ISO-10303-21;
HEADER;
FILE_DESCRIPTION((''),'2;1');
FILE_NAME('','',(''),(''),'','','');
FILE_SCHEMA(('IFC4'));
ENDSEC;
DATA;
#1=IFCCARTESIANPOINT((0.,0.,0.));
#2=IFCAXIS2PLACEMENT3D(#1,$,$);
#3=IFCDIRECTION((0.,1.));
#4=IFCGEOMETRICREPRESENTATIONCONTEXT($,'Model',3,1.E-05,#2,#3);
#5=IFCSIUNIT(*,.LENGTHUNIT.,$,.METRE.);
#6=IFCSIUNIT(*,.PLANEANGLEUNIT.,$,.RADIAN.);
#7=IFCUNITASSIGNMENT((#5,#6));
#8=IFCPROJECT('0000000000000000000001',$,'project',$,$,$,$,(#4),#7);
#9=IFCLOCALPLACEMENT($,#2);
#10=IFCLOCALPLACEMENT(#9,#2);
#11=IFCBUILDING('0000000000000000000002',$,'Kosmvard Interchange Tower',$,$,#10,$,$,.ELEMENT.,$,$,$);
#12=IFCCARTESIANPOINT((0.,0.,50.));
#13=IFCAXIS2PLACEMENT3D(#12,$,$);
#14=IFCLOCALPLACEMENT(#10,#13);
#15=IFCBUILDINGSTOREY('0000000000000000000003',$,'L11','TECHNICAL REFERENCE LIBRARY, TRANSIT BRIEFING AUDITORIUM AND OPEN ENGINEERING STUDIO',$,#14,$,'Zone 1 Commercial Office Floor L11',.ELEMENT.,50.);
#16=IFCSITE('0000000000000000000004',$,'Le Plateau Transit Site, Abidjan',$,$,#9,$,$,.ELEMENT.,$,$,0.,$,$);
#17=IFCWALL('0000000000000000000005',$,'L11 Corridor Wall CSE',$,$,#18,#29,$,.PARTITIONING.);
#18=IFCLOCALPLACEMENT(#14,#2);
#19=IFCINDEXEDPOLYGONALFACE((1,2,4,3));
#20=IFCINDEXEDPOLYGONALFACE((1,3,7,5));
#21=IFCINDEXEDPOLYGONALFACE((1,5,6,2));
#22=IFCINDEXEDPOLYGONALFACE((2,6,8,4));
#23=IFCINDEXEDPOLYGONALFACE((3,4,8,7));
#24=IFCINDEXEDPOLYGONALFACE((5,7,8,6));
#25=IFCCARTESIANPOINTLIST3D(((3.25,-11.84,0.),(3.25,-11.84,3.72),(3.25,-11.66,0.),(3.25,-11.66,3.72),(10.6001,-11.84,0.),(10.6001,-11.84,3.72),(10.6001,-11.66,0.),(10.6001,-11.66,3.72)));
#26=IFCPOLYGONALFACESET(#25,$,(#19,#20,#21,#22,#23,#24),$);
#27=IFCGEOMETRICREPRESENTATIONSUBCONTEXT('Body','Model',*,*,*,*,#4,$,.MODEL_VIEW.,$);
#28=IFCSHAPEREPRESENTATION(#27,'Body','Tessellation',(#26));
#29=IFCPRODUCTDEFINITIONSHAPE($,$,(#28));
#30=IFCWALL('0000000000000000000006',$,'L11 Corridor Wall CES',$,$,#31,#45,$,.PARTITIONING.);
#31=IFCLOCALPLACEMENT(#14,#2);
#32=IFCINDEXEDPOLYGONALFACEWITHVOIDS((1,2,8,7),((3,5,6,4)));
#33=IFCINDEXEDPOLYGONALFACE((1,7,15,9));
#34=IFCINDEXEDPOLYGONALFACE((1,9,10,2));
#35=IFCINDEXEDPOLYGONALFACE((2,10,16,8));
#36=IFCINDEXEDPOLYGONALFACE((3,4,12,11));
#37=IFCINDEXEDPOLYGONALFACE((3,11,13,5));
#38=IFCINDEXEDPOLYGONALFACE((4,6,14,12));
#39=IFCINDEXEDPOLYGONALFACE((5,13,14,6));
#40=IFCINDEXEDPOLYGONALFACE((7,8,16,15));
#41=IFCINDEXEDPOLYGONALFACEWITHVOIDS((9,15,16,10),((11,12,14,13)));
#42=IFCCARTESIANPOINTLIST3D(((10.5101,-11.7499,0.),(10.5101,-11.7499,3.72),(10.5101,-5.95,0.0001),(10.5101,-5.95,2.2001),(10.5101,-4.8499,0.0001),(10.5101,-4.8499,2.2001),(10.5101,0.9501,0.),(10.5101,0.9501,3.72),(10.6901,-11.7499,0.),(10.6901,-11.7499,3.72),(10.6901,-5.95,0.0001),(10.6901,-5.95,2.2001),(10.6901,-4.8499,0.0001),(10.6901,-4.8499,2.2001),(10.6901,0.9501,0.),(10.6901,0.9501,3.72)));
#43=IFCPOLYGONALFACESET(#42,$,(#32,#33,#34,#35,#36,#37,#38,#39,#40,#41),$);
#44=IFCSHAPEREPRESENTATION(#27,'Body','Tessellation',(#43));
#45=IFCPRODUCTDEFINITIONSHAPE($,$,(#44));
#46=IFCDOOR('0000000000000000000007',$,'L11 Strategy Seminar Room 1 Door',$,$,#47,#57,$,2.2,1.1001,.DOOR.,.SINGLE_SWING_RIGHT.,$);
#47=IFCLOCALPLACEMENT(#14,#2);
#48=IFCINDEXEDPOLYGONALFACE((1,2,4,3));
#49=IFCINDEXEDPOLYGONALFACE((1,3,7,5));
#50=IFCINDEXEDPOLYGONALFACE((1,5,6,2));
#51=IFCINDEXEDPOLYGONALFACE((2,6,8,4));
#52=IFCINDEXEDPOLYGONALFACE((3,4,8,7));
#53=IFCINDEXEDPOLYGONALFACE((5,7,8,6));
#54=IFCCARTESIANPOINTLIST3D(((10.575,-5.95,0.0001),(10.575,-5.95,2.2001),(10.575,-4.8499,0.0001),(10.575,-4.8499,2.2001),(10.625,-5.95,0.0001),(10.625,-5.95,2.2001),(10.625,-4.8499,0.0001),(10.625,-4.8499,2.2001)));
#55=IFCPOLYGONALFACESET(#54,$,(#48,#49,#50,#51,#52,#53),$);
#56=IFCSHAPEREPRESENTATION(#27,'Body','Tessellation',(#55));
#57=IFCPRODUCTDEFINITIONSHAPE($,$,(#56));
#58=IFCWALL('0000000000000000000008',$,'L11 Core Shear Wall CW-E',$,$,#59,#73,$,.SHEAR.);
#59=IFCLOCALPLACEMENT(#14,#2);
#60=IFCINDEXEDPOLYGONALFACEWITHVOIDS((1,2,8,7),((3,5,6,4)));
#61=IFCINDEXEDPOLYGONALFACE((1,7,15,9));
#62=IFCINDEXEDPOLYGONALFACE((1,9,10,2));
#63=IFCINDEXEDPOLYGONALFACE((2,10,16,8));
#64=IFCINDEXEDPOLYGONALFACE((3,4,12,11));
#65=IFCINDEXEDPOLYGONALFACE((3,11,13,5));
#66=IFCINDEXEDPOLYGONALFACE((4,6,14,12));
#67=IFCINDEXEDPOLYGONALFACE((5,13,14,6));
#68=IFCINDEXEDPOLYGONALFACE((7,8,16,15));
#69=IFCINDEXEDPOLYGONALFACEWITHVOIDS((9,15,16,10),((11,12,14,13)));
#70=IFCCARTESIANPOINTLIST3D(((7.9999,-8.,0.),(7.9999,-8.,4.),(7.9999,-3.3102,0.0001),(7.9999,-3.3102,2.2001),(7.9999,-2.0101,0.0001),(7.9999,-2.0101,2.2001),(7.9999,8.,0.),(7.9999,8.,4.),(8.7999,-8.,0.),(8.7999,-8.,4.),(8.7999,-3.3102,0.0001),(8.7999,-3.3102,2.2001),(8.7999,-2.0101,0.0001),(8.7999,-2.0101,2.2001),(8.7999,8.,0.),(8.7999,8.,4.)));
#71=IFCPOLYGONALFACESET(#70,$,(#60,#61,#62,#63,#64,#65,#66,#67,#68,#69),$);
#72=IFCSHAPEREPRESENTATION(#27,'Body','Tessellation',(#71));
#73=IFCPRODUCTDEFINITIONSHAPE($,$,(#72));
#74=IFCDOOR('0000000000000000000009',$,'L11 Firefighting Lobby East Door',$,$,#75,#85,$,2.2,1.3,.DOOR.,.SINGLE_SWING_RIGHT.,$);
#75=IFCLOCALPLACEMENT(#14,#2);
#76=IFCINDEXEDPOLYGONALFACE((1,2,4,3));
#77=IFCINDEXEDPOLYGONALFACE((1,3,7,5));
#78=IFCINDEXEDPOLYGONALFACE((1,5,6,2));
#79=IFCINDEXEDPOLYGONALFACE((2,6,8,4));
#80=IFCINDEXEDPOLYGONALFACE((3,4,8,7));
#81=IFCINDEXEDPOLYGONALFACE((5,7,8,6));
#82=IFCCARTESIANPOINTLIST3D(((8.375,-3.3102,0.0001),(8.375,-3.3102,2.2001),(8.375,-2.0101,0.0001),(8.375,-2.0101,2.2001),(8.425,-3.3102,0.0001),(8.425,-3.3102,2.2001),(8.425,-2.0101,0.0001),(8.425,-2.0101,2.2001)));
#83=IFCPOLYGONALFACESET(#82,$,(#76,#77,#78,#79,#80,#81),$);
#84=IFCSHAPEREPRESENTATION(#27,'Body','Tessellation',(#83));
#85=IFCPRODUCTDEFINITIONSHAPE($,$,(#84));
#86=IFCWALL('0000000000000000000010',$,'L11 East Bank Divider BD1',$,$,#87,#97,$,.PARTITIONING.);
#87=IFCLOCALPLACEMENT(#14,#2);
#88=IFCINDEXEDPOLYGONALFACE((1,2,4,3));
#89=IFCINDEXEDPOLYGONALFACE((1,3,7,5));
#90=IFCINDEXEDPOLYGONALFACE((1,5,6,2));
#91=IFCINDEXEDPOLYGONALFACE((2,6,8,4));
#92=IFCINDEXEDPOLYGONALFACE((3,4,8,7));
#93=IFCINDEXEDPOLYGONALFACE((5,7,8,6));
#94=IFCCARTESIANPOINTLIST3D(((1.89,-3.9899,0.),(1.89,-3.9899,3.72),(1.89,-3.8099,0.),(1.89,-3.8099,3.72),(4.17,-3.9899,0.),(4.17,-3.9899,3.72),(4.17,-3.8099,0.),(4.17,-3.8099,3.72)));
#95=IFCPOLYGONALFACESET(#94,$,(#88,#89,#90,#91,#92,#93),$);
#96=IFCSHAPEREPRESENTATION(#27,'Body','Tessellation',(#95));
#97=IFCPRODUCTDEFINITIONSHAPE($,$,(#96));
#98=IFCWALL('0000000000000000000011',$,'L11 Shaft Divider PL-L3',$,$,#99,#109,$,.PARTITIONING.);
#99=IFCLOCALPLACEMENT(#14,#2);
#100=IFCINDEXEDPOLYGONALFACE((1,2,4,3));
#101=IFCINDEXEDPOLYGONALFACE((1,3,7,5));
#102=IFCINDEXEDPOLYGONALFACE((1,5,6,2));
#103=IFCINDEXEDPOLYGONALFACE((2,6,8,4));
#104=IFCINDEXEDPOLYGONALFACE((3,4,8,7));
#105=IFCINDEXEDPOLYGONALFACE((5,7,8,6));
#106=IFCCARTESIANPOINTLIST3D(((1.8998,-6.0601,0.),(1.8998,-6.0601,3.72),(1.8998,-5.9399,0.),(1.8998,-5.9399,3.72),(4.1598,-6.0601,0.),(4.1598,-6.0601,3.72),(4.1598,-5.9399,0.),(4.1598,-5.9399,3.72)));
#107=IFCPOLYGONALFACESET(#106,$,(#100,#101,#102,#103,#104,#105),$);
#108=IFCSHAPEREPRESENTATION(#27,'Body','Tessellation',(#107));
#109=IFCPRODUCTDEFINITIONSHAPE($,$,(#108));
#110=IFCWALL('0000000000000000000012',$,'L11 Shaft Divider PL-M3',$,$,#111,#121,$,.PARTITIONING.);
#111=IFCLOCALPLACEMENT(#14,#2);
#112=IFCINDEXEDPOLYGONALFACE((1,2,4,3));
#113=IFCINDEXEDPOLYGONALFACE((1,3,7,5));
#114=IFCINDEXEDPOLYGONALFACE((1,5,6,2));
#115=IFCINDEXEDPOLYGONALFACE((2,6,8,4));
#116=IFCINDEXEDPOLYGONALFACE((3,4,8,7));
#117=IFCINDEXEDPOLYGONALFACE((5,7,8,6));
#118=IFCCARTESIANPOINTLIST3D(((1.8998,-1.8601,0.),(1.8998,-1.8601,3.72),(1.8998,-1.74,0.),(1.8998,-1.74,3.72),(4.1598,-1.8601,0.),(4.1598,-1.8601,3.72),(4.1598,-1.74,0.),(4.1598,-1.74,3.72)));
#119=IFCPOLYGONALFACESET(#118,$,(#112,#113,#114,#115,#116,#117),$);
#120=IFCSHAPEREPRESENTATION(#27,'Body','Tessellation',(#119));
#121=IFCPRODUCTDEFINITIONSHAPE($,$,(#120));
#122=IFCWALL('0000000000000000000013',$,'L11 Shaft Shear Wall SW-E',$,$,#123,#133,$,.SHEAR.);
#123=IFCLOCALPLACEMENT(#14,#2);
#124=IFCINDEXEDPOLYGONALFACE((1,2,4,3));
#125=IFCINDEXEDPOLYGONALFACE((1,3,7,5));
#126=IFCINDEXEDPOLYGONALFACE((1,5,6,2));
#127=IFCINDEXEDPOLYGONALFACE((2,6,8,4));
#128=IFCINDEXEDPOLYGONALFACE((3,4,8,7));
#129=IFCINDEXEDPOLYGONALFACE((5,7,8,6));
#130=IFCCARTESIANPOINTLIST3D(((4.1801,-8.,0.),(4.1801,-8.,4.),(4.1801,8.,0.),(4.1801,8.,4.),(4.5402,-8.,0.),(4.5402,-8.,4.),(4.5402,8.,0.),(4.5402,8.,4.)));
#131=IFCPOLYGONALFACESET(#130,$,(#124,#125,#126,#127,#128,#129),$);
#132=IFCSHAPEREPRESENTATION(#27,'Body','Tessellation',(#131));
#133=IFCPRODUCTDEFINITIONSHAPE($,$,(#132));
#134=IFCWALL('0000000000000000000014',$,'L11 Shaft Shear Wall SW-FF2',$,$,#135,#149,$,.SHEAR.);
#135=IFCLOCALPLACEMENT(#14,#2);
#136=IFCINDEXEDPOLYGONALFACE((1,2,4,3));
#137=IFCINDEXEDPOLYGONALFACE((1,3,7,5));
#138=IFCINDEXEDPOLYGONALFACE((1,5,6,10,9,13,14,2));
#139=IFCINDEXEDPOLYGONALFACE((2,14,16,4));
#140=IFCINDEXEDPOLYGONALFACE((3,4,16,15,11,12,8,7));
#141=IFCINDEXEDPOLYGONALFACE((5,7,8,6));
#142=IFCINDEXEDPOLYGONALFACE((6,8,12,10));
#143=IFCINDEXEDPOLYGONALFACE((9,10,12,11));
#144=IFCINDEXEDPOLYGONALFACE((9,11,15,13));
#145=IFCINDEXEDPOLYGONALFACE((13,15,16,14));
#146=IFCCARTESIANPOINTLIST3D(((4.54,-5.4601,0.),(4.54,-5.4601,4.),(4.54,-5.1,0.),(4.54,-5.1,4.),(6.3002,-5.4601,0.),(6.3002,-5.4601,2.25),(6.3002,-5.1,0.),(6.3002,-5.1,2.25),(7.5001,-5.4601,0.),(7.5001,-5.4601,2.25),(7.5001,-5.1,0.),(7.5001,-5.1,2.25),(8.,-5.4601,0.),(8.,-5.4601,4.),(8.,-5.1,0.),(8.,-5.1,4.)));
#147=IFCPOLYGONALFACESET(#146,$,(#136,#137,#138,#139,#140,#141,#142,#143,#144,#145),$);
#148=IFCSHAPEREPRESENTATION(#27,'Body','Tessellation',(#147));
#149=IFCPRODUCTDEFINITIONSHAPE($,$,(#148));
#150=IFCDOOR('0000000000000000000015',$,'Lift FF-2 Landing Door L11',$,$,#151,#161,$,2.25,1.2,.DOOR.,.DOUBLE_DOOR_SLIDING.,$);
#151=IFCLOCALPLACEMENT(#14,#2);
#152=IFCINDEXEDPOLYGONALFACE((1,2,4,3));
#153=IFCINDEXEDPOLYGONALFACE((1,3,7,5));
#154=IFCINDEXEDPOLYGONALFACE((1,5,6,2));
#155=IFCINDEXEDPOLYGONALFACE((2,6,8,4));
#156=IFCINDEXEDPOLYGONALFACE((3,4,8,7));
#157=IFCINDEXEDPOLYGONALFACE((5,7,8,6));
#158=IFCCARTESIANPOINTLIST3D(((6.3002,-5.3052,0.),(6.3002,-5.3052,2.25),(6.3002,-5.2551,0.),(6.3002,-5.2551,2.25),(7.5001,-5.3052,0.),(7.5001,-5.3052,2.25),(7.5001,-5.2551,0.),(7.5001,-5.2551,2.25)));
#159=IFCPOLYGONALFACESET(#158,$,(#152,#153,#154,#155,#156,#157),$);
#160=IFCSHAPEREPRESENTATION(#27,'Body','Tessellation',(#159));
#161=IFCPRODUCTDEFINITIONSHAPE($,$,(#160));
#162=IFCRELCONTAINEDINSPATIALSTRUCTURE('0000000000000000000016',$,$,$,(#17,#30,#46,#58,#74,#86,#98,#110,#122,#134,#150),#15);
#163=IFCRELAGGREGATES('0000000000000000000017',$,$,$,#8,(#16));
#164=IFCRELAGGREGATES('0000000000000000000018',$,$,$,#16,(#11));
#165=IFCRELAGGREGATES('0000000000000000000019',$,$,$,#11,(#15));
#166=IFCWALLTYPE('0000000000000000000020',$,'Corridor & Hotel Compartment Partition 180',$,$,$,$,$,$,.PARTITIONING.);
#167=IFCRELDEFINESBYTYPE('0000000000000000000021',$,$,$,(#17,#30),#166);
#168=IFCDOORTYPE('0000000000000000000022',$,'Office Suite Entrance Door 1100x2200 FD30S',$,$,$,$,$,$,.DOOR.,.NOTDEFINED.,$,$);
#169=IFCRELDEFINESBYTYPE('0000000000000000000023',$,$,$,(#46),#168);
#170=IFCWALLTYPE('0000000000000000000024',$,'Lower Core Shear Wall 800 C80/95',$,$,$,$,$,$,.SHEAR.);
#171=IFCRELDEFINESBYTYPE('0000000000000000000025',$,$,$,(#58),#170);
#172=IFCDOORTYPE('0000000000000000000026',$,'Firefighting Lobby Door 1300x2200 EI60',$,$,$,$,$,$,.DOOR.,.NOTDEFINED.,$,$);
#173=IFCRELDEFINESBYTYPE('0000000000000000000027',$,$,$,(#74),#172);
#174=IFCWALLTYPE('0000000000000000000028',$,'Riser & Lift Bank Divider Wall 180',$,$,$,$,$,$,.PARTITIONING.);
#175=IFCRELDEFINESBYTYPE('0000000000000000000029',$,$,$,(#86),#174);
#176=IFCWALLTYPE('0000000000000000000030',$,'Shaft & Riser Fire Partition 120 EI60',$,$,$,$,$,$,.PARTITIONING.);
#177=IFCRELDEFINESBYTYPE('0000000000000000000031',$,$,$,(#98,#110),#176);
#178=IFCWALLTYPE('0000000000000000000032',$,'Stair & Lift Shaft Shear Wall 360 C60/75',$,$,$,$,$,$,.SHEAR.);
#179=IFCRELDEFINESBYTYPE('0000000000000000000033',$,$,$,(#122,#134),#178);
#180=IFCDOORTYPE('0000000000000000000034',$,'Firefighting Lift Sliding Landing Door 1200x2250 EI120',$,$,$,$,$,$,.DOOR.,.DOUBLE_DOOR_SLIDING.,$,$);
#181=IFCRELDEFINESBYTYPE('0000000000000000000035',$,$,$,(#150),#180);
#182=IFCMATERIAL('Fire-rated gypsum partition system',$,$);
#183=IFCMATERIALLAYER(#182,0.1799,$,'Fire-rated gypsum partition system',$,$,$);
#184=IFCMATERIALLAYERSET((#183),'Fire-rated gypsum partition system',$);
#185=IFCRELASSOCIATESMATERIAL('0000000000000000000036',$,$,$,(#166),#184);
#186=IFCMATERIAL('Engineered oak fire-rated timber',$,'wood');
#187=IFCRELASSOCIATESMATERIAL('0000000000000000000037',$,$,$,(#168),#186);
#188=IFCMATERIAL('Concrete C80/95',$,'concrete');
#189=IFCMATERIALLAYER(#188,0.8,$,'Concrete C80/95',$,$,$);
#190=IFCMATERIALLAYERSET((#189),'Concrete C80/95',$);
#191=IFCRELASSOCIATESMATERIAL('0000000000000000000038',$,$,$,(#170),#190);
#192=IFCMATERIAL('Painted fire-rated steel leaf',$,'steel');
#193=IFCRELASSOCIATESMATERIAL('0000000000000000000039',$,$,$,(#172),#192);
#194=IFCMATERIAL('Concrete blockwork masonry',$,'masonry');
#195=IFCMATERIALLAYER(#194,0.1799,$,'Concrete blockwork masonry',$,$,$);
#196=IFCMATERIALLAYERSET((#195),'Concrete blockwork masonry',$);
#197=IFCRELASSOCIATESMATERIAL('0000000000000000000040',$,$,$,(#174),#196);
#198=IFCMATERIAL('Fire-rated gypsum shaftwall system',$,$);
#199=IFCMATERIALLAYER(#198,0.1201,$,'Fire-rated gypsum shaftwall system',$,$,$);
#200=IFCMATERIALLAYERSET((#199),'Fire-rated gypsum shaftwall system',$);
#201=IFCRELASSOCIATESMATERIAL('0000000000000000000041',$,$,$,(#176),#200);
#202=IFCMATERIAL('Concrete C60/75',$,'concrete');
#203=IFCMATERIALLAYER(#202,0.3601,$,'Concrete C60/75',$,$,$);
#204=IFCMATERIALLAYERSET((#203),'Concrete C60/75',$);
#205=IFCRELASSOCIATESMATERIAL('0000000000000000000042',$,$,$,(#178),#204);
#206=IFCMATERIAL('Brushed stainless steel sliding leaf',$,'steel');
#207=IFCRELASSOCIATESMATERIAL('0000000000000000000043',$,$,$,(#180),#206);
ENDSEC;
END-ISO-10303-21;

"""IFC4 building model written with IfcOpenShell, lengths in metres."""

from ifc_helpers import new_model, si_unit, direction, frame, frame_2d, origin, place, context, subcontext, project, spatial, rectangle, extrude, source, transform, mapped, material, layer, layer_set, type_object, element, fill, save


model = new_model("IFC4")

# Units and contexts
model_context = context("Model", 3, precision=1e-05, world=origin(), true_north=direction((0.0, 1.0)))
body_context = subcontext(model_context, "Body", "Model", "MODEL_VIEW")
ifc_project = project(units=[si_unit("LENGTHUNIT", "METRE"), si_unit("PLANEANGLEUNIT", "RADIAN")], contexts=[model_context])

# Site, building, storey
site_placement = place(None, origin())
site = spatial("IfcSite", under=ifc_project, at=site_placement, Name="Le Plateau Transit Site, Abidjan", CompositionType="ELEMENT", RefElevation=0.0)
building_placement = place(site_placement, origin())
building = spatial("IfcBuilding", under=site, at=building_placement, Name="Kosmvard Interchange Tower", CompositionType="ELEMENT")
storey_placement = place(building_placement, frame((0.0, 0.0, 50.0)))
storey = spatial("IfcBuildingStorey", under=building, at=storey_placement, Name="L11", Description="TECHNICAL REFERENCE LIBRARY, TRANSIT BRIEFING AUDITORIUM AND OPEN ENGINEERING STUDIO", LongName="Zone 1 Commercial Office Floor L11", CompositionType="ELEMENT", Elevation=50.0)

# Shared definitions
ifc_material_1 = material(Name="Concrete C80/95", Category="concrete")
ifc_material_2 = material(Name="Concrete C60/75", Category="concrete")

# Shared definitions
ifc_material_3 = material(Name="Fire-rated gypsum partition system")
ifc_layer_1 = layer(ifc_material_3, 0.1799, Name="Fire-rated gypsum partition system")
ifc_layer_set_1 = layer_set([ifc_layer_1], Name="Fire-rated gypsum partition system")
wall_type_1 = type_object("IfcWallType", Name="Corridor & Hotel Compartment Partition 180", PredefinedType="PARTITIONING", material=ifc_layer_set_1)
ifc_material_4 = material(Name="Brushed stainless steel sliding leaf", Category="steel")
shared_shape_1 = source(origin(), body_context, "Body", "SweptSolid", [
    extrude(rectangle(XDim=1.1001, YDim=2.2, at=frame_2d((0.55, 1.1001))), frame((0.0, 0.0249, 0.0), z_axis=(0.0, -1.0, 0.0), x_axis=(1.0, 0.0, 0.0)), (0.0, 0.0, 1.0), 0.05),
])

# Wall
wall_1_placement = place(storey_placement, frame((3.25, -11.75, 0.0), z_axis=(0.0, 0.0, 1.0), x_axis=(1.0, 0.0, 0.0)))
element("IfcWall", 1, at=wall_1_placement, inside=storey, type_object=wall_type_1, Name="L11 Corridor Wall CSE", PredefinedType="PARTITIONING", context=body_context, shape_type="SweptSolid", body=[
    extrude(rectangle(XDim=7.3501, YDim=0.1799, at=frame_2d((3.675, 0.0))), origin(), (0.0, 0.0, 1.0), 3.72),
])

# Walls, openings, doors
wall_2_placement = place(storey_placement, frame((10.6001, -11.75, 0.0), z_axis=(0.0, 0.0, 1.0), x_axis=(0.0, 1.0, 0.0)))
wall_2 = element("IfcWall", 2, at=wall_2_placement, inside=storey, type_object=wall_type_1, Name="L11 Corridor Wall CES", PredefinedType="PARTITIONING", context=body_context, shape_type="SweptSolid", body=[
    extrude(rectangle(XDim=12.7, YDim=0.1799, at=frame_2d((6.3501, 0.0))), origin(), (0.0, 0.0, 1.0), 3.72),
])
opening_1_placement = place(wall_2_placement, frame((5.8, 0.0, 0.0)))
opening_1 = element("IfcOpeningElement", 3, at=opening_1_placement, cuts=wall_2, PredefinedType="OPENING", context=body_context, shape_type="SweptSolid", body=[
    extrude(rectangle(XDim=1.1001, YDim=2.2, at=frame_2d((0.55, 1.1001))), frame((0.0, 0.1001, 0.0), z_axis=(0.0, -1.0, 0.0), x_axis=(1.0, 0.0, 0.0)), (0.0, 0.0, 1.0), 0.2),
])
ifc_material_5 = material(Name="Engineered oak fire-rated timber", Category="wood")
door_type_1 = type_object("IfcDoorType", Name="Office Suite Entrance Door 1100x2200 FD30S", OperationType="NOTDEFINED", PredefinedType="DOOR", material=ifc_material_5)
door_1_placement = place(opening_1_placement, frame((1.1001, 0.0, 0.0), z_axis=(0.0, 0.0, 1.0), x_axis=(-1.0, 0.0, 0.0)))
door_1 = element("IfcDoor", 4, at=door_1_placement, inside=storey, type_object=door_type_1, Name="L11 Strategy Seminar Room 1 Door", OperationType="SINGLE_SWING_RIGHT", OverallHeight=2.2, OverallWidth=1.1001, PredefinedType="DOOR", context=body_context, shape_type="MappedRepresentation", body=[
    mapped(shared_shape_1, transform((0.0, 0.0, 0.0), scale=1.0)),
])
fill(opening_1, door_1)
ifc_layer_2 = layer(ifc_material_1, 0.8, Name="Concrete C80/95")
ifc_layer_set_2 = layer_set([ifc_layer_2], Name="Concrete C80/95")
wall_type_2 = type_object("IfcWallType", Name="Lower Core Shear Wall 800 C80/95", PredefinedType="SHEAR", material=ifc_layer_set_2)
wall_3_placement = place(storey_placement, frame((8.3999, -8.0, 0.0), z_axis=(0.0, 0.0, 1.0), x_axis=(0.0, 1.0, 0.0)))
wall_3 = element("IfcWall", 5, at=wall_3_placement, inside=storey, type_object=wall_type_2, Name="L11 Core Shear Wall CW-E", PredefinedType="SHEAR", context=body_context, shape_type="SweptSolid", body=[
    extrude(rectangle(XDim=16.0, YDim=0.8, at=frame_2d((8.0, 0.0))), origin(), (0.0, 0.0, 1.0), 4.0),
])
opening_2_placement = place(wall_3_placement, frame((4.6899, 0.0, 0.0)))
opening_2 = element("IfcOpeningElement", 6, at=opening_2_placement, cuts=wall_3, PredefinedType="OPENING", context=body_context, shape_type="SweptSolid", body=[
    extrude(rectangle(XDim=1.3, YDim=2.2, at=frame_2d((0.6499, 1.1001))), frame((0.0, 0.4102, 0.0), z_axis=(0.0, -1.0, 0.0), x_axis=(1.0, 0.0, 0.0)), (0.0, 0.0, 1.0), 0.8201),
])
ifc_material_6 = material(Name="Painted fire-rated steel leaf", Category="steel")
door_type_2 = type_object("IfcDoorType", Name="Firefighting Lobby Door 1300x2200 EI60", OperationType="NOTDEFINED", PredefinedType="DOOR", material=ifc_material_6)
shared_shape_2 = source(origin(), body_context, "Body", "SweptSolid", [
    extrude(rectangle(XDim=1.3, YDim=2.2, at=frame_2d((0.6499, 1.1001))), frame((0.0, 0.0249, 0.0), z_axis=(0.0, -1.0, 0.0), x_axis=(1.0, 0.0, 0.0)), (0.0, 0.0, 1.0), 0.05),
])
door_2_placement = place(opening_2_placement, origin())
door_2 = element("IfcDoor", 7, at=door_2_placement, inside=storey, type_object=door_type_2, Name="L11 Firefighting Lobby East Door", OperationType="SINGLE_SWING_RIGHT", OverallHeight=2.2, OverallWidth=1.3, PredefinedType="DOOR", context=body_context, shape_type="MappedRepresentation", body=[
    mapped(shared_shape_2, transform((0.0, 0.0, 0.0), scale=1.0)),
])
fill(opening_2, door_2)

# Walls
ifc_material_7 = material(Name="Concrete blockwork masonry", Category="masonry")
ifc_layer_3 = layer(ifc_material_7, 0.1799, Name="Concrete blockwork masonry")
ifc_layer_set_3 = layer_set([ifc_layer_3], Name="Concrete blockwork masonry")
wall_type_3 = type_object("IfcWallType", Name="Riser & Lift Bank Divider Wall 180", PredefinedType="PARTITIONING", material=ifc_layer_set_3)
wall_4_placement = place(storey_placement, frame((1.8899, -3.8999, 0.0), z_axis=(0.0, 0.0, 1.0), x_axis=(1.0, 0.0, 0.0)))
element("IfcWall", 8, at=wall_4_placement, inside=storey, type_object=wall_type_3, Name="L11 East Bank Divider BD1", PredefinedType="PARTITIONING", context=body_context, shape_type="SweptSolid", body=[
    extrude(rectangle(XDim=2.28, YDim=0.1799, at=frame_2d((1.1401, 0.0))), origin(), (0.0, 0.0, 1.0), 3.72),
])
ifc_material_8 = material(Name="Fire-rated gypsum shaftwall system")
ifc_layer_4 = layer(ifc_material_8, 0.1201, Name="Fire-rated gypsum shaftwall system")
ifc_layer_set_4 = layer_set([ifc_layer_4], Name="Fire-rated gypsum shaftwall system")
wall_type_4 = type_object("IfcWallType", Name="Shaft & Riser Fire Partition 120 EI60", PredefinedType="PARTITIONING", material=ifc_layer_set_4)
for number, where, z_axis, x_axis, name in (
    (9, (1.8999, -6.0, 0.0), (0.0, 0.0, 1.0), (1.0, 0.0, 0.0), "L11 Shaft Divider PL-L3"),
    (10, (1.8999, -1.8, 0.0), (0.0, 0.0, 1.0), (1.0, 0.0, 0.0), "L11 Shaft Divider PL-M3"),
):
    element("IfcWall", number, at=place(storey_placement, frame(where, z_axis=z_axis, x_axis=x_axis)), inside=storey, type_object=wall_type_4, Name=name, PredefinedType="PARTITIONING", context=body_context, shape_type="SweptSolid", body=[
        extrude(rectangle(XDim=2.26, YDim=0.1201, at=frame_2d((1.1299, 0.0))), origin(), (0.0, 0.0, 1.0), 3.72),
    ])
ifc_layer_5 = layer(ifc_material_2, 0.3601, Name="Concrete C60/75")
ifc_layer_set_5 = layer_set([ifc_layer_5], Name="Concrete C60/75")
wall_type_5 = type_object("IfcWallType", Name="Stair & Lift Shaft Shear Wall 360 C60/75", PredefinedType="SHEAR", material=ifc_layer_set_5)
wall_5_placement = place(storey_placement, frame((4.3601, -8.0, 0.0), z_axis=(0.0, 0.0, 1.0), x_axis=(0.0, 1.0, 0.0)))
element("IfcWall", 11, at=wall_5_placement, inside=storey, type_object=wall_type_5, Name="L11 Shaft Shear Wall SW-E", PredefinedType="SHEAR", context=body_context, shape_type="SweptSolid", body=[
    extrude(rectangle(XDim=16.0, YDim=0.3601, at=frame_2d((8.0, 0.0))), origin(), (0.0, 0.0, 1.0), 4.0),
])

# Wall, opening, door
wall_6_placement = place(storey_placement, frame((4.54, -5.28, 0.0), z_axis=(0.0, 0.0, 1.0), x_axis=(1.0, 0.0, 0.0)))
wall_6 = element("IfcWall", 12, at=wall_6_placement, inside=storey, type_object=wall_type_5, Name="L11 Shaft Shear Wall SW-FF2", PredefinedType="SHEAR", context=body_context, shape_type="SweptSolid", body=[
    extrude(rectangle(XDim=3.46, YDim=0.3601, at=frame_2d((1.73, 0.0))), origin(), (0.0, 0.0, 1.0), 4.0),
])
opening_3_placement = place(wall_6_placement, frame((1.76, 0.0, 0.0)))
opening_3 = element("IfcOpeningElement", 13, at=opening_3_placement, cuts=wall_6, PredefinedType="OPENING", context=body_context, shape_type="SweptSolid", body=[
    extrude(rectangle(XDim=1.2, YDim=2.25, at=frame_2d((0.6001, 1.125))), frame((0.0, 0.1899, 0.0), z_axis=(0.0, -1.0, 0.0), x_axis=(1.0, 0.0, 0.0)), (0.0, 0.0, 1.0), 0.3801),
])
door_type_3 = type_object("IfcDoorType", Name="Firefighting Lift Sliding Landing Door 1200x2250 EI120", OperationType="DOUBLE_DOOR_SLIDING", PredefinedType="DOOR", material=ifc_material_4)
shared_shape_3 = source(origin(), body_context, "Body", "SweptSolid", [
    extrude(rectangle(XDim=1.2, YDim=2.25, at=frame_2d((0.6001, 1.125))), frame((0.0, 0.0249, 0.0), z_axis=(0.0, -1.0, 0.0), x_axis=(1.0, 0.0, 0.0)), (0.0, 0.0, 1.0), 0.05),
])
door_3_placement = place(opening_3_placement, origin())
door_3 = element("IfcDoor", 14, at=door_3_placement, inside=storey, type_object=door_type_3, Name="Lift FF-2 Landing Door L11", OperationType="DOUBLE_DOOR_SLIDING", OverallHeight=2.25, OverallWidth=1.2, PredefinedType="DOOR", context=body_context, shape_type="MappedRepresentation", body=[
    mapped(shared_shape_3, transform((0.0, 0.0, 0.0), scale=1.0)),
])
fill(opening_3, door_3)

save(model, "model.ifc")
